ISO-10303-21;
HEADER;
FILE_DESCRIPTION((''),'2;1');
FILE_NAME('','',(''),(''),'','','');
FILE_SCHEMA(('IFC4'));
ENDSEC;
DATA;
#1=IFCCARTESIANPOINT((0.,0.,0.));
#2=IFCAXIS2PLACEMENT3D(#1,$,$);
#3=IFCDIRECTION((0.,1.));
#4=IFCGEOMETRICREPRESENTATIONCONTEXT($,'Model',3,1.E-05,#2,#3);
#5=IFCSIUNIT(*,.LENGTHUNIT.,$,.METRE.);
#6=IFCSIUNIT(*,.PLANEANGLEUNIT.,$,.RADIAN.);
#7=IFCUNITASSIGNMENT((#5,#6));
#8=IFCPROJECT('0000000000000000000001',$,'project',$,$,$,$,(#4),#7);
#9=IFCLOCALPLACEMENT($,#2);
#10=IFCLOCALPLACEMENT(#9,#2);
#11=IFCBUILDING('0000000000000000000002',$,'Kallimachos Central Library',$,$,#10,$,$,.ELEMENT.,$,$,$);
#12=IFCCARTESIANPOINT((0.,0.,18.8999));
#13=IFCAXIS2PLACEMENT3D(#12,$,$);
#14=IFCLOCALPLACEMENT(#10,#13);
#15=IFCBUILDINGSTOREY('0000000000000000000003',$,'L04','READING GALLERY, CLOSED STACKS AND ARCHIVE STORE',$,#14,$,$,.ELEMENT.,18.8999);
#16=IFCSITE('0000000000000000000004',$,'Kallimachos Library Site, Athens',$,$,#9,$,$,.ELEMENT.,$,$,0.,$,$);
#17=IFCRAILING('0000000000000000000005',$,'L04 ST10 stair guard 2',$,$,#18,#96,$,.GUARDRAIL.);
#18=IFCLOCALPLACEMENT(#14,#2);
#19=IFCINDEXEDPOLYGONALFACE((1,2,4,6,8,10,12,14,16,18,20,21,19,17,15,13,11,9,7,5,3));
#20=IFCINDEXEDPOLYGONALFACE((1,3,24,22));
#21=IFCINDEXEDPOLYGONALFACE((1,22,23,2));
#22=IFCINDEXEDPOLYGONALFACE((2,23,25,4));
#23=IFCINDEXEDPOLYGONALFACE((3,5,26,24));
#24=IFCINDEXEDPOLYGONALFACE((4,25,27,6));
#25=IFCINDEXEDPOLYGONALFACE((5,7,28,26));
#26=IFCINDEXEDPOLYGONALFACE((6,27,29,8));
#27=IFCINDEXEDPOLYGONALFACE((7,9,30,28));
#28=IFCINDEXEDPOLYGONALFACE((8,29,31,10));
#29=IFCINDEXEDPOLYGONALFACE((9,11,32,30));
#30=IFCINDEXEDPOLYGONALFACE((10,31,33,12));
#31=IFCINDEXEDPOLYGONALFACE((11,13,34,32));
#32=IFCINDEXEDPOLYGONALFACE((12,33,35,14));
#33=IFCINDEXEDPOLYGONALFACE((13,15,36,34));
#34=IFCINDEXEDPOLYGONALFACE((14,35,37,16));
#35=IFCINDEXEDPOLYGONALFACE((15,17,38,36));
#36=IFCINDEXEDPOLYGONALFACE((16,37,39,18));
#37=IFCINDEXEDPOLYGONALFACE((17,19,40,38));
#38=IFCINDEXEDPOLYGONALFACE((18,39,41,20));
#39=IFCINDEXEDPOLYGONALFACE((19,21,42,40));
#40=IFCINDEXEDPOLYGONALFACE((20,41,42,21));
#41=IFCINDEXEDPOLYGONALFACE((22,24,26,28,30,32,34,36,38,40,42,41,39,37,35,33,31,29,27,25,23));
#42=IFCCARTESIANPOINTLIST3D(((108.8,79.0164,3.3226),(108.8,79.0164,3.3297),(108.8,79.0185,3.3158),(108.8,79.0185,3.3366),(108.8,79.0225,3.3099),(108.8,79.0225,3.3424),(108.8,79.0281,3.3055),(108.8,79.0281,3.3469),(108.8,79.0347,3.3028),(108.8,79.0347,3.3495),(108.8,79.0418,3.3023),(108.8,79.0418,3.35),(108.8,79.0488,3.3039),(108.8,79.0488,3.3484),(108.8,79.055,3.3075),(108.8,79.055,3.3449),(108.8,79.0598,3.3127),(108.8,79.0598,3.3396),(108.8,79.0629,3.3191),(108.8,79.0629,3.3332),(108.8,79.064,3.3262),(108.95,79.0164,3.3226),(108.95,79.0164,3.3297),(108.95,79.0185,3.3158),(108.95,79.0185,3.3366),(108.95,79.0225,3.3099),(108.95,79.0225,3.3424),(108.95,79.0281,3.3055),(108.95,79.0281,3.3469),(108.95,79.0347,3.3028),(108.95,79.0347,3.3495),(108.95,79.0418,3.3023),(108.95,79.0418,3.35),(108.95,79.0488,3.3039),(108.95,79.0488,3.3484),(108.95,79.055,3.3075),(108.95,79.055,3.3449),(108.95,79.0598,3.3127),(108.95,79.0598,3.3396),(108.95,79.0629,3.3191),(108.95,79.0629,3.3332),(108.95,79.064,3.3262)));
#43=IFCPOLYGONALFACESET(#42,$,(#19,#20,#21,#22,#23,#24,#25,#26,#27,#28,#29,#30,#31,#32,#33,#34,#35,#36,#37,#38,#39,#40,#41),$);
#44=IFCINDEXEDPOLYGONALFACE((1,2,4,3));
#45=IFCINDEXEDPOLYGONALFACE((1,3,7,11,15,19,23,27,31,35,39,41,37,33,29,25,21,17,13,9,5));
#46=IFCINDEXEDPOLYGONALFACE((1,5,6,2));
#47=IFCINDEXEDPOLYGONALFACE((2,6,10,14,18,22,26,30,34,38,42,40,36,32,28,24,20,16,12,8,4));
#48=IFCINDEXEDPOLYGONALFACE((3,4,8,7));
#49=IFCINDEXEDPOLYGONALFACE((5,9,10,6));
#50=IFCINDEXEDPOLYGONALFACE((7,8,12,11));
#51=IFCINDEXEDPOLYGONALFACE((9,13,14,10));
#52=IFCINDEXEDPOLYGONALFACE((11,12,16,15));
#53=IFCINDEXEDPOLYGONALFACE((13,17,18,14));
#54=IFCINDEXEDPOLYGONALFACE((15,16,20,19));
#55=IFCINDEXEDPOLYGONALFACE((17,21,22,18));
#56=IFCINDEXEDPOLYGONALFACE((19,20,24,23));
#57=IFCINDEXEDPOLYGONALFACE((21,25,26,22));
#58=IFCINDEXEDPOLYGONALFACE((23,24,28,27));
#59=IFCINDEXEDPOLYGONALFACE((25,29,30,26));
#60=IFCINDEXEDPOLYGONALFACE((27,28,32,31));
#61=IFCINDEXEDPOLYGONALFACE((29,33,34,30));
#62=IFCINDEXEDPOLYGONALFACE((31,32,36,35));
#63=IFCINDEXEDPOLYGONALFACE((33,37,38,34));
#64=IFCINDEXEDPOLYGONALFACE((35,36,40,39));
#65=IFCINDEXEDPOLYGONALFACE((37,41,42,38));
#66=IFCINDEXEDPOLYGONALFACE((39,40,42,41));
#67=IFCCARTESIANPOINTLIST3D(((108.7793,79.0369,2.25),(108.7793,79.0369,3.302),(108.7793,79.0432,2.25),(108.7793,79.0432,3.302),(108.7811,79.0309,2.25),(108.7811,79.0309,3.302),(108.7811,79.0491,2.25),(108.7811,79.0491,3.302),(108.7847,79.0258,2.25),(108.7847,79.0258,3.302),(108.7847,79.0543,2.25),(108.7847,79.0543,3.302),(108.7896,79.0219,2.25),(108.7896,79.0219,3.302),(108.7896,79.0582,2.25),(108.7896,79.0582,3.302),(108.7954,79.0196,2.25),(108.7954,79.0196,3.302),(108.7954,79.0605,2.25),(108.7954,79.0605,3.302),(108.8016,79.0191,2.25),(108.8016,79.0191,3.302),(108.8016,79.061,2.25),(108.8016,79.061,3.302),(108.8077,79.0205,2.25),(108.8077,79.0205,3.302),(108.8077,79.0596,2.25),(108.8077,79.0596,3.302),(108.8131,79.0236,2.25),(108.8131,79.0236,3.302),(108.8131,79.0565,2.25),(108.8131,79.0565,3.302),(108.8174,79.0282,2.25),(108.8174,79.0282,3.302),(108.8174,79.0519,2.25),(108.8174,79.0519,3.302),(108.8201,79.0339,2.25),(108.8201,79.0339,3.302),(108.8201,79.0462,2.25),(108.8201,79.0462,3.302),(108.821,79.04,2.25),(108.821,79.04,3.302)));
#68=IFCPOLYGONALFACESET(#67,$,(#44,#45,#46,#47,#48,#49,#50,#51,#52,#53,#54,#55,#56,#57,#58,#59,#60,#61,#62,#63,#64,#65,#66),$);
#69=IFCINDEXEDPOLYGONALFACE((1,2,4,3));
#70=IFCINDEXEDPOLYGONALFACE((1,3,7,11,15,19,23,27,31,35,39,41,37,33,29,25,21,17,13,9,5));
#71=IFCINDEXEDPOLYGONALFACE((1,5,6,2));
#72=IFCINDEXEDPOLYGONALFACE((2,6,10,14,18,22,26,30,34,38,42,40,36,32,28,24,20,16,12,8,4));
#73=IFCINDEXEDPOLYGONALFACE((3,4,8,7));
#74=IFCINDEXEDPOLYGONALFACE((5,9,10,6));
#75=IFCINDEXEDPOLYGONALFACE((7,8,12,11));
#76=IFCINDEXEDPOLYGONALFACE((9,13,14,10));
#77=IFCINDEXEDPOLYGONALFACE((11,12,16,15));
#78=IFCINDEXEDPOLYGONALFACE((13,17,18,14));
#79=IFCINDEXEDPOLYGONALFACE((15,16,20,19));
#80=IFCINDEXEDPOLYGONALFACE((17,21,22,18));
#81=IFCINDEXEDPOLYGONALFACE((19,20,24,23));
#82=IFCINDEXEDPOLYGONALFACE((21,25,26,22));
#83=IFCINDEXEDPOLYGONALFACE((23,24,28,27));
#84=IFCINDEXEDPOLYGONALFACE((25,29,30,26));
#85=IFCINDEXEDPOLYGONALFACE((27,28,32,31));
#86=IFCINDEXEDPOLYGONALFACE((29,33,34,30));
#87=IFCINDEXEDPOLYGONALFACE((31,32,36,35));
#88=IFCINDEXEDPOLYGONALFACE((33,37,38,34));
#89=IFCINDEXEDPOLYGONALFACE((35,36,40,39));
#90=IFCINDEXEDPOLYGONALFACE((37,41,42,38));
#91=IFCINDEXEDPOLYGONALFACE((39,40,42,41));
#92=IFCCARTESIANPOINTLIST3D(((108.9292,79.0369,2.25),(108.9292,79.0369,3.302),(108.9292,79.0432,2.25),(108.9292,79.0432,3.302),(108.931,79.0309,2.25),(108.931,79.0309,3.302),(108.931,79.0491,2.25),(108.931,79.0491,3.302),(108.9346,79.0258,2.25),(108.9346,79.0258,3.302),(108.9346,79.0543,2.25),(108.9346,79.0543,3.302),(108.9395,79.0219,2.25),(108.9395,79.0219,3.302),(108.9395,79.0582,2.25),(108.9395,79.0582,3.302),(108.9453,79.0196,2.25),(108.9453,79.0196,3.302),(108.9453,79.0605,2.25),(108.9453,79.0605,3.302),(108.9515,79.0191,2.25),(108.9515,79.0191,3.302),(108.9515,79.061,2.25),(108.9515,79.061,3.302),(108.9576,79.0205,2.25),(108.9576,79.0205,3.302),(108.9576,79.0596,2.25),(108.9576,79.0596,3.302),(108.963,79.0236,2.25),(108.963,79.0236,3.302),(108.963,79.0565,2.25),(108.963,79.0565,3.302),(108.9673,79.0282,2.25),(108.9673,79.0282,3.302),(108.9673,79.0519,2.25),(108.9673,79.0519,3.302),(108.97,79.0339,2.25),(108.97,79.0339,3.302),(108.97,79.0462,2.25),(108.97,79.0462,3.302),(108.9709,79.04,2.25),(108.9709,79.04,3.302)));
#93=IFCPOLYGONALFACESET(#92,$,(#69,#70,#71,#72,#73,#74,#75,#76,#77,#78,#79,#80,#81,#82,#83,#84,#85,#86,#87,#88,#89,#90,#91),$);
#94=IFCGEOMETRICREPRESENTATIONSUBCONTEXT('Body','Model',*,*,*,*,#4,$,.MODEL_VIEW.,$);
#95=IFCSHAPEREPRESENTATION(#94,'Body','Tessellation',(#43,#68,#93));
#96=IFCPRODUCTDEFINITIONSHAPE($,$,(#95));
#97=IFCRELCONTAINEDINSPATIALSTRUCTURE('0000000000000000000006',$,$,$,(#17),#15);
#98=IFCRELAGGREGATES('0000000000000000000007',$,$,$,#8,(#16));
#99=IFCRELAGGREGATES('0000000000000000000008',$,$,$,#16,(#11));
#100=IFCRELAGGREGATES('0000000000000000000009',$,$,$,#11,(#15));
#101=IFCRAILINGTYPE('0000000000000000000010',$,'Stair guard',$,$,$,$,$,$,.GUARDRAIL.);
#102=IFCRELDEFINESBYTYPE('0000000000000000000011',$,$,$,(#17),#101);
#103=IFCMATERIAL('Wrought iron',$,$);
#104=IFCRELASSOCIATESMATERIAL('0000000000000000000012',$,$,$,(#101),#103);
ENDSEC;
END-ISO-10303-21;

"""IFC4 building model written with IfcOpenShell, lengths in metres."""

from ifc_helpers import new_model, si_unit, direction, frame, origin, origin_2d, place, context, subcontext, project, spatial, circle, extrude, material, type_object, element, save


model = new_model("IFC4")

# Units and contexts
model_context = context("Model", 3, precision=1e-05, world=origin(), true_north=direction((0.0, 1.0)))
body_context = subcontext(model_context, "Body", "Model", "MODEL_VIEW")
ifc_project = project(units=[si_unit("LENGTHUNIT", "METRE"), si_unit("PLANEANGLEUNIT", "RADIAN")], contexts=[model_context])

# Site, building, storey
site_placement = place(None, origin())
site = spatial("IfcSite", under=ifc_project, at=site_placement, Name="Kallimachos Library Site, Athens", CompositionType="ELEMENT", RefElevation=0.0)
building_placement = place(site_placement, origin())
building = spatial("IfcBuilding", under=site, at=building_placement, Name="Kallimachos Central Library", CompositionType="ELEMENT")
storey_placement = place(building_placement, frame((0.0, 0.0, 18.8999)))
storey = spatial("IfcBuildingStorey", under=building, at=storey_placement, Name="L04", Description="READING GALLERY, CLOSED STACKS AND ARCHIVE STORE", CompositionType="ELEMENT", Elevation=18.8999)

# Railing
ifc_material_1 = material(Name="Wrought iron")
railing_type_1 = type_object("IfcRailingType", Name="Stair guard", PredefinedType="GUARDRAIL", material=ifc_material_1)
railing_1_placement = place(storey_placement, frame((108.8, 79.04, 2.25)))
element("IfcRailing", 1, at=railing_1_placement, inside=storey, type_object=railing_type_1, Name="L04 ST10 stair guard 2", PredefinedType="GUARDRAIL", context=body_context, shape_type="SweptSolid", body=[
    extrude(circle(Radius=0.0239, at=origin_2d()), frame((0.0, 0.0, 1.0762), z_axis=(1.0, 0.0, 0.0), x_axis=(0.0, 1.0, 0.0)), (0.0, 0.0, 1.0), 0.1499),
    extrude(circle(Radius=0.021, at=origin_2d()), origin(), (0.0, 0.0, 1.0), 1.052),
    extrude(circle(Radius=0.021, at=origin_2d()), frame((0.1499, 0.0, 0.0)), (0.0, 0.0, 1.0), 1.052),
])

save(model, "model.ifc")
